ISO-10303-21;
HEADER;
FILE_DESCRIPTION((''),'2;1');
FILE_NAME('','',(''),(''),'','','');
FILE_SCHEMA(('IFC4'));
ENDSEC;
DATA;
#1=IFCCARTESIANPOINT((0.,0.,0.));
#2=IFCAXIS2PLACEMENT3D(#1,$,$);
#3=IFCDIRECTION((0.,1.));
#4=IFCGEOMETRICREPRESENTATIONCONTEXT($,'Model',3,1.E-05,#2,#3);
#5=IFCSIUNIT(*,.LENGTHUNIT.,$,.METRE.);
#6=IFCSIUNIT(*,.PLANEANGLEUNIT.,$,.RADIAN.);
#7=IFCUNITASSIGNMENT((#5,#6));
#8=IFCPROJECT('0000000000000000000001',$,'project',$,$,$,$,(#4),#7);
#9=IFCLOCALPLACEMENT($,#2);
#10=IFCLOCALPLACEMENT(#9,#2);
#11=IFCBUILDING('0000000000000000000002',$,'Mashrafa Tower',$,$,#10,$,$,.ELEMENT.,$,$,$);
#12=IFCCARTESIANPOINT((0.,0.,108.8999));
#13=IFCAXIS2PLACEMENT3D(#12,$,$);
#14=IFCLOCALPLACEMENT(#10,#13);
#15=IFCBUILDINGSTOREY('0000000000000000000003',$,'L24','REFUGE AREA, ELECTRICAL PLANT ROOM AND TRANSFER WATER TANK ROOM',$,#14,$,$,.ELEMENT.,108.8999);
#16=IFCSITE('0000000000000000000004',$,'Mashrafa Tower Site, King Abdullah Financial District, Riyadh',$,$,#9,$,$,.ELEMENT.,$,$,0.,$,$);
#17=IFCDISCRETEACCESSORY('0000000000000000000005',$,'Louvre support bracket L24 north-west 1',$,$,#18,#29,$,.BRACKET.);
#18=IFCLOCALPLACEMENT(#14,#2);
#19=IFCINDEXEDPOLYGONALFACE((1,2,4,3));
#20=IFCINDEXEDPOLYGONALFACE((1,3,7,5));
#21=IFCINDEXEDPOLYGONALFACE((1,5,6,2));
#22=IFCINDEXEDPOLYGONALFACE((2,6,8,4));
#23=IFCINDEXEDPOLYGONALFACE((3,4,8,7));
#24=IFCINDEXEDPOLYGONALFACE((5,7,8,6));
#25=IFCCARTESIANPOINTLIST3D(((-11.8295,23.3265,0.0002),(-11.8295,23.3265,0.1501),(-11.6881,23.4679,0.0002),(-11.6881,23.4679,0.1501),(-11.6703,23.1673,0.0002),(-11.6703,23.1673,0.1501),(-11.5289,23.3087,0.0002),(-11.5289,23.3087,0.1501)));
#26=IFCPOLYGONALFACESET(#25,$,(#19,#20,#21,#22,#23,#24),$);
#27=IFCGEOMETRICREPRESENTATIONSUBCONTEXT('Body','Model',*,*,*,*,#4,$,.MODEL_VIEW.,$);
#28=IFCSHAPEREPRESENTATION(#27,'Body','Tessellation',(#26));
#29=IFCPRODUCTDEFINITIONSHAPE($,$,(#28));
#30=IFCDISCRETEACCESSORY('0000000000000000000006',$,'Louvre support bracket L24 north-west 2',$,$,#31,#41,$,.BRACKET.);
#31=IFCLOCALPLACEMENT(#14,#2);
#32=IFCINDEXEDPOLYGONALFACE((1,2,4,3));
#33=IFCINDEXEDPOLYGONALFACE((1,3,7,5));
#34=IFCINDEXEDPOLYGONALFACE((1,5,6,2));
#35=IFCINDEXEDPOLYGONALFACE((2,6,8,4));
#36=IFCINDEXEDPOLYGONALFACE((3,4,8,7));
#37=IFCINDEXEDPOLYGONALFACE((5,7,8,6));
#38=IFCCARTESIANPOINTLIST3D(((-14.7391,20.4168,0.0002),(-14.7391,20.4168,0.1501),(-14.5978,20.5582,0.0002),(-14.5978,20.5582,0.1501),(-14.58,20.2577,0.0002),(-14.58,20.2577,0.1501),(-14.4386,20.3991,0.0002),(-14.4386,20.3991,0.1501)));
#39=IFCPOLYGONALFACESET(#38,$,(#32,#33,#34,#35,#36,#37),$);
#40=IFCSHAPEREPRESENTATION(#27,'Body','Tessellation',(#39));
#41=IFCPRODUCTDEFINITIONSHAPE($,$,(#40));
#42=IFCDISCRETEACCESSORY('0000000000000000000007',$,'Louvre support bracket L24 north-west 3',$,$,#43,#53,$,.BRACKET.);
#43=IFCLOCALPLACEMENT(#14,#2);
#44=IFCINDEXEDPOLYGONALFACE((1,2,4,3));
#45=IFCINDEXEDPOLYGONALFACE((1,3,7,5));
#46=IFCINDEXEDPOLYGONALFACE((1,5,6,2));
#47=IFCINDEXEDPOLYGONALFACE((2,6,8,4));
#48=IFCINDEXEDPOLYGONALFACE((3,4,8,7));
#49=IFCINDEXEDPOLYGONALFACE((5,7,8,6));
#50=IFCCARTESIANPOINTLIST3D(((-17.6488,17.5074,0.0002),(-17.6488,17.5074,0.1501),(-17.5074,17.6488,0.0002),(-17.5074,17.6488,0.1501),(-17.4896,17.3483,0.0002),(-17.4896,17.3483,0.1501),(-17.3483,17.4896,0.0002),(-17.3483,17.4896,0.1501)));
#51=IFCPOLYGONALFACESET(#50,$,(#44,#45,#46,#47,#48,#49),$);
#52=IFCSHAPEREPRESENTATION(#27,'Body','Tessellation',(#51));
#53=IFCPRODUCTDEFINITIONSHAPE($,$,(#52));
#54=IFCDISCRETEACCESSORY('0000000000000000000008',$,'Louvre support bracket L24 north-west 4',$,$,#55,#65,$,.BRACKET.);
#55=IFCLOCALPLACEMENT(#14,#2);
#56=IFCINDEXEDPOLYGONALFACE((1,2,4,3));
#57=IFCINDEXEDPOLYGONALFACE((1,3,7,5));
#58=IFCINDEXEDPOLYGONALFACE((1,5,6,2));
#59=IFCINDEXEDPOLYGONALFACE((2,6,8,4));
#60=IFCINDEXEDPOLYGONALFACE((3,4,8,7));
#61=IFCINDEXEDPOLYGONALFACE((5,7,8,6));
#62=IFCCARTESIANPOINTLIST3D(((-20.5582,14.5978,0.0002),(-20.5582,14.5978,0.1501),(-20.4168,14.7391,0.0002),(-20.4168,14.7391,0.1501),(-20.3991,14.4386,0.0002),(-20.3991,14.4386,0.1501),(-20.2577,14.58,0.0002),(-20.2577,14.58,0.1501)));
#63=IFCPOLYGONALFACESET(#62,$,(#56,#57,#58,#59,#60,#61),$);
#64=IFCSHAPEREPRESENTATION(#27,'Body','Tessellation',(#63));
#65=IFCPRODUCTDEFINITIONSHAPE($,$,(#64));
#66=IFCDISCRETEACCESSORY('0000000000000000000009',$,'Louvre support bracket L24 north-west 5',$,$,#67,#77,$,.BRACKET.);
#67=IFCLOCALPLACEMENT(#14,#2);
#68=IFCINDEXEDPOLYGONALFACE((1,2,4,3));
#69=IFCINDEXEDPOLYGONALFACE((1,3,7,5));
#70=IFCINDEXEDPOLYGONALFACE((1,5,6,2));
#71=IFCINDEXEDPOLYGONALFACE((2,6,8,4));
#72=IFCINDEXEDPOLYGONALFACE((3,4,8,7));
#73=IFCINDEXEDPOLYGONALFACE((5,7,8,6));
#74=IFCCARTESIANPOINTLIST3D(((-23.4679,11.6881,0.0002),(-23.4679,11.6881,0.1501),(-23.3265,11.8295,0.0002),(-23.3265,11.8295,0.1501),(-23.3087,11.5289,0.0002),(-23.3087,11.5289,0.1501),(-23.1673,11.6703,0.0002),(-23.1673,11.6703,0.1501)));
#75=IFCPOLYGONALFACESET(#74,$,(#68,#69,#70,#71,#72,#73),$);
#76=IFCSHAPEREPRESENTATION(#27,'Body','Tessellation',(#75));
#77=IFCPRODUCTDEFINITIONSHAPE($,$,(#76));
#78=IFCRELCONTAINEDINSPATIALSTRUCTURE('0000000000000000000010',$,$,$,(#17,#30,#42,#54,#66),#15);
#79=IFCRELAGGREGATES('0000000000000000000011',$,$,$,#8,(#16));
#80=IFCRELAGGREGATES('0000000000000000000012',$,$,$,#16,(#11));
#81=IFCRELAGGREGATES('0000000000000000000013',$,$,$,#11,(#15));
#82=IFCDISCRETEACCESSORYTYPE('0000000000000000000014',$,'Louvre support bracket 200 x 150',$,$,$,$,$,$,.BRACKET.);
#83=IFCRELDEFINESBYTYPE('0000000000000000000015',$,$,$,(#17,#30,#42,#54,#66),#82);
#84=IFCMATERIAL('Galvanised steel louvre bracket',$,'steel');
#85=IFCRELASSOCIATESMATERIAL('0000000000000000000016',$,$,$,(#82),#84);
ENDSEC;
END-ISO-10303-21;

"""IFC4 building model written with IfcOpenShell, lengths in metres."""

from ifc_helpers import new_model, si_unit, direction, frame, origin, origin_2d, place, context, subcontext, project, spatial, rectangle, extrude, source, transform, mapped, material, type_object, type_shapes, element, save


model = new_model("IFC4")

# Units and contexts
model_context = context("Model", 3, precision=1e-05, world=origin(), true_north=direction((0.0, 1.0)))
body_context = subcontext(model_context, "Body", "Model", "MODEL_VIEW")
ifc_project = project(units=[si_unit("LENGTHUNIT", "METRE"), si_unit("PLANEANGLEUNIT", "RADIAN")], contexts=[model_context])

# Site, building, storey
site_placement = place(None, origin())
site = spatial("IfcSite", under=ifc_project, at=site_placement, Name="Mashrafa Tower Site, King Abdullah Financial District, Riyadh", CompositionType="ELEMENT", RefElevation=0.0)
building_placement = place(site_placement, origin())
building = spatial("IfcBuilding", under=site, at=building_placement, Name="Mashrafa Tower", CompositionType="ELEMENT")
storey_placement = place(building_placement, frame((0.0, 0.0, 108.8999)))
storey = spatial("IfcBuildingStorey", under=building, at=storey_placement, Name="L24", Description="REFUGE AREA, ELECTRICAL PLANT ROOM AND TRANSFER WATER TANK ROOM", CompositionType="ELEMENT", Elevation=108.8999)

# Discrete accessories
ifc_material_1 = material(Name="Galvanised steel louvre bracket", Category="steel")
discrete_accessory_type = type_object("IfcDiscreteAccessoryType", Name="Louvre support bracket 200 x 150", PredefinedType="BRACKET", material=ifc_material_1)
shared_shape_1 = source(origin(), body_context, "Body", "SweptSolid", [
    extrude(rectangle(XDim=0.2, YDim=0.2251, at=origin_2d()), origin(), (0.0, 0.0, 1.0), 0.1499),
])
type_shapes(discrete_accessory_type, [shared_shape_1])
for number, where, z_axis, x_axis, name in (
    (1, (-11.6792, 23.3176, 0.0002), (0.0, 0.0, 1.0), (-0.707107, -0.707107, 0.0), "Louvre support bracket L24 north-west 1"),
    (2, (-14.5889, 20.408, 0.0002), (0.0, 0.0, 1.0), (-0.707107, -0.707107, 0.0), "Louvre support bracket L24 north-west 2"),
    (3, (-17.4985, 17.4985, 0.0002), (0.0, 0.0, 1.0), (-0.707107, -0.707107, 0.0), "Louvre support bracket L24 north-west 3"),
    (4, (-20.408, 14.5889, 0.0002), (0.0, 0.0, 1.0), (-0.707107, -0.707107, 0.0), "Louvre support bracket L24 north-west 4"),
    (5, (-23.3176, 11.6792, 0.0002), (0.0, 0.0, 1.0), (-0.707107, -0.707107, 0.0), "Louvre support bracket L24 north-west 5"),
):
    element("IfcDiscreteAccessory", number, at=place(storey_placement, frame(where, z_axis=z_axis, x_axis=x_axis)), inside=storey, type_object=discrete_accessory_type, Name=name, PredefinedType="BRACKET", context=body_context, shape_type="MappedRepresentation", body=[
        mapped(shared_shape_1, transform((0.0, 0.0, 0.0))),
    ])

save(model, "model.ifc")
